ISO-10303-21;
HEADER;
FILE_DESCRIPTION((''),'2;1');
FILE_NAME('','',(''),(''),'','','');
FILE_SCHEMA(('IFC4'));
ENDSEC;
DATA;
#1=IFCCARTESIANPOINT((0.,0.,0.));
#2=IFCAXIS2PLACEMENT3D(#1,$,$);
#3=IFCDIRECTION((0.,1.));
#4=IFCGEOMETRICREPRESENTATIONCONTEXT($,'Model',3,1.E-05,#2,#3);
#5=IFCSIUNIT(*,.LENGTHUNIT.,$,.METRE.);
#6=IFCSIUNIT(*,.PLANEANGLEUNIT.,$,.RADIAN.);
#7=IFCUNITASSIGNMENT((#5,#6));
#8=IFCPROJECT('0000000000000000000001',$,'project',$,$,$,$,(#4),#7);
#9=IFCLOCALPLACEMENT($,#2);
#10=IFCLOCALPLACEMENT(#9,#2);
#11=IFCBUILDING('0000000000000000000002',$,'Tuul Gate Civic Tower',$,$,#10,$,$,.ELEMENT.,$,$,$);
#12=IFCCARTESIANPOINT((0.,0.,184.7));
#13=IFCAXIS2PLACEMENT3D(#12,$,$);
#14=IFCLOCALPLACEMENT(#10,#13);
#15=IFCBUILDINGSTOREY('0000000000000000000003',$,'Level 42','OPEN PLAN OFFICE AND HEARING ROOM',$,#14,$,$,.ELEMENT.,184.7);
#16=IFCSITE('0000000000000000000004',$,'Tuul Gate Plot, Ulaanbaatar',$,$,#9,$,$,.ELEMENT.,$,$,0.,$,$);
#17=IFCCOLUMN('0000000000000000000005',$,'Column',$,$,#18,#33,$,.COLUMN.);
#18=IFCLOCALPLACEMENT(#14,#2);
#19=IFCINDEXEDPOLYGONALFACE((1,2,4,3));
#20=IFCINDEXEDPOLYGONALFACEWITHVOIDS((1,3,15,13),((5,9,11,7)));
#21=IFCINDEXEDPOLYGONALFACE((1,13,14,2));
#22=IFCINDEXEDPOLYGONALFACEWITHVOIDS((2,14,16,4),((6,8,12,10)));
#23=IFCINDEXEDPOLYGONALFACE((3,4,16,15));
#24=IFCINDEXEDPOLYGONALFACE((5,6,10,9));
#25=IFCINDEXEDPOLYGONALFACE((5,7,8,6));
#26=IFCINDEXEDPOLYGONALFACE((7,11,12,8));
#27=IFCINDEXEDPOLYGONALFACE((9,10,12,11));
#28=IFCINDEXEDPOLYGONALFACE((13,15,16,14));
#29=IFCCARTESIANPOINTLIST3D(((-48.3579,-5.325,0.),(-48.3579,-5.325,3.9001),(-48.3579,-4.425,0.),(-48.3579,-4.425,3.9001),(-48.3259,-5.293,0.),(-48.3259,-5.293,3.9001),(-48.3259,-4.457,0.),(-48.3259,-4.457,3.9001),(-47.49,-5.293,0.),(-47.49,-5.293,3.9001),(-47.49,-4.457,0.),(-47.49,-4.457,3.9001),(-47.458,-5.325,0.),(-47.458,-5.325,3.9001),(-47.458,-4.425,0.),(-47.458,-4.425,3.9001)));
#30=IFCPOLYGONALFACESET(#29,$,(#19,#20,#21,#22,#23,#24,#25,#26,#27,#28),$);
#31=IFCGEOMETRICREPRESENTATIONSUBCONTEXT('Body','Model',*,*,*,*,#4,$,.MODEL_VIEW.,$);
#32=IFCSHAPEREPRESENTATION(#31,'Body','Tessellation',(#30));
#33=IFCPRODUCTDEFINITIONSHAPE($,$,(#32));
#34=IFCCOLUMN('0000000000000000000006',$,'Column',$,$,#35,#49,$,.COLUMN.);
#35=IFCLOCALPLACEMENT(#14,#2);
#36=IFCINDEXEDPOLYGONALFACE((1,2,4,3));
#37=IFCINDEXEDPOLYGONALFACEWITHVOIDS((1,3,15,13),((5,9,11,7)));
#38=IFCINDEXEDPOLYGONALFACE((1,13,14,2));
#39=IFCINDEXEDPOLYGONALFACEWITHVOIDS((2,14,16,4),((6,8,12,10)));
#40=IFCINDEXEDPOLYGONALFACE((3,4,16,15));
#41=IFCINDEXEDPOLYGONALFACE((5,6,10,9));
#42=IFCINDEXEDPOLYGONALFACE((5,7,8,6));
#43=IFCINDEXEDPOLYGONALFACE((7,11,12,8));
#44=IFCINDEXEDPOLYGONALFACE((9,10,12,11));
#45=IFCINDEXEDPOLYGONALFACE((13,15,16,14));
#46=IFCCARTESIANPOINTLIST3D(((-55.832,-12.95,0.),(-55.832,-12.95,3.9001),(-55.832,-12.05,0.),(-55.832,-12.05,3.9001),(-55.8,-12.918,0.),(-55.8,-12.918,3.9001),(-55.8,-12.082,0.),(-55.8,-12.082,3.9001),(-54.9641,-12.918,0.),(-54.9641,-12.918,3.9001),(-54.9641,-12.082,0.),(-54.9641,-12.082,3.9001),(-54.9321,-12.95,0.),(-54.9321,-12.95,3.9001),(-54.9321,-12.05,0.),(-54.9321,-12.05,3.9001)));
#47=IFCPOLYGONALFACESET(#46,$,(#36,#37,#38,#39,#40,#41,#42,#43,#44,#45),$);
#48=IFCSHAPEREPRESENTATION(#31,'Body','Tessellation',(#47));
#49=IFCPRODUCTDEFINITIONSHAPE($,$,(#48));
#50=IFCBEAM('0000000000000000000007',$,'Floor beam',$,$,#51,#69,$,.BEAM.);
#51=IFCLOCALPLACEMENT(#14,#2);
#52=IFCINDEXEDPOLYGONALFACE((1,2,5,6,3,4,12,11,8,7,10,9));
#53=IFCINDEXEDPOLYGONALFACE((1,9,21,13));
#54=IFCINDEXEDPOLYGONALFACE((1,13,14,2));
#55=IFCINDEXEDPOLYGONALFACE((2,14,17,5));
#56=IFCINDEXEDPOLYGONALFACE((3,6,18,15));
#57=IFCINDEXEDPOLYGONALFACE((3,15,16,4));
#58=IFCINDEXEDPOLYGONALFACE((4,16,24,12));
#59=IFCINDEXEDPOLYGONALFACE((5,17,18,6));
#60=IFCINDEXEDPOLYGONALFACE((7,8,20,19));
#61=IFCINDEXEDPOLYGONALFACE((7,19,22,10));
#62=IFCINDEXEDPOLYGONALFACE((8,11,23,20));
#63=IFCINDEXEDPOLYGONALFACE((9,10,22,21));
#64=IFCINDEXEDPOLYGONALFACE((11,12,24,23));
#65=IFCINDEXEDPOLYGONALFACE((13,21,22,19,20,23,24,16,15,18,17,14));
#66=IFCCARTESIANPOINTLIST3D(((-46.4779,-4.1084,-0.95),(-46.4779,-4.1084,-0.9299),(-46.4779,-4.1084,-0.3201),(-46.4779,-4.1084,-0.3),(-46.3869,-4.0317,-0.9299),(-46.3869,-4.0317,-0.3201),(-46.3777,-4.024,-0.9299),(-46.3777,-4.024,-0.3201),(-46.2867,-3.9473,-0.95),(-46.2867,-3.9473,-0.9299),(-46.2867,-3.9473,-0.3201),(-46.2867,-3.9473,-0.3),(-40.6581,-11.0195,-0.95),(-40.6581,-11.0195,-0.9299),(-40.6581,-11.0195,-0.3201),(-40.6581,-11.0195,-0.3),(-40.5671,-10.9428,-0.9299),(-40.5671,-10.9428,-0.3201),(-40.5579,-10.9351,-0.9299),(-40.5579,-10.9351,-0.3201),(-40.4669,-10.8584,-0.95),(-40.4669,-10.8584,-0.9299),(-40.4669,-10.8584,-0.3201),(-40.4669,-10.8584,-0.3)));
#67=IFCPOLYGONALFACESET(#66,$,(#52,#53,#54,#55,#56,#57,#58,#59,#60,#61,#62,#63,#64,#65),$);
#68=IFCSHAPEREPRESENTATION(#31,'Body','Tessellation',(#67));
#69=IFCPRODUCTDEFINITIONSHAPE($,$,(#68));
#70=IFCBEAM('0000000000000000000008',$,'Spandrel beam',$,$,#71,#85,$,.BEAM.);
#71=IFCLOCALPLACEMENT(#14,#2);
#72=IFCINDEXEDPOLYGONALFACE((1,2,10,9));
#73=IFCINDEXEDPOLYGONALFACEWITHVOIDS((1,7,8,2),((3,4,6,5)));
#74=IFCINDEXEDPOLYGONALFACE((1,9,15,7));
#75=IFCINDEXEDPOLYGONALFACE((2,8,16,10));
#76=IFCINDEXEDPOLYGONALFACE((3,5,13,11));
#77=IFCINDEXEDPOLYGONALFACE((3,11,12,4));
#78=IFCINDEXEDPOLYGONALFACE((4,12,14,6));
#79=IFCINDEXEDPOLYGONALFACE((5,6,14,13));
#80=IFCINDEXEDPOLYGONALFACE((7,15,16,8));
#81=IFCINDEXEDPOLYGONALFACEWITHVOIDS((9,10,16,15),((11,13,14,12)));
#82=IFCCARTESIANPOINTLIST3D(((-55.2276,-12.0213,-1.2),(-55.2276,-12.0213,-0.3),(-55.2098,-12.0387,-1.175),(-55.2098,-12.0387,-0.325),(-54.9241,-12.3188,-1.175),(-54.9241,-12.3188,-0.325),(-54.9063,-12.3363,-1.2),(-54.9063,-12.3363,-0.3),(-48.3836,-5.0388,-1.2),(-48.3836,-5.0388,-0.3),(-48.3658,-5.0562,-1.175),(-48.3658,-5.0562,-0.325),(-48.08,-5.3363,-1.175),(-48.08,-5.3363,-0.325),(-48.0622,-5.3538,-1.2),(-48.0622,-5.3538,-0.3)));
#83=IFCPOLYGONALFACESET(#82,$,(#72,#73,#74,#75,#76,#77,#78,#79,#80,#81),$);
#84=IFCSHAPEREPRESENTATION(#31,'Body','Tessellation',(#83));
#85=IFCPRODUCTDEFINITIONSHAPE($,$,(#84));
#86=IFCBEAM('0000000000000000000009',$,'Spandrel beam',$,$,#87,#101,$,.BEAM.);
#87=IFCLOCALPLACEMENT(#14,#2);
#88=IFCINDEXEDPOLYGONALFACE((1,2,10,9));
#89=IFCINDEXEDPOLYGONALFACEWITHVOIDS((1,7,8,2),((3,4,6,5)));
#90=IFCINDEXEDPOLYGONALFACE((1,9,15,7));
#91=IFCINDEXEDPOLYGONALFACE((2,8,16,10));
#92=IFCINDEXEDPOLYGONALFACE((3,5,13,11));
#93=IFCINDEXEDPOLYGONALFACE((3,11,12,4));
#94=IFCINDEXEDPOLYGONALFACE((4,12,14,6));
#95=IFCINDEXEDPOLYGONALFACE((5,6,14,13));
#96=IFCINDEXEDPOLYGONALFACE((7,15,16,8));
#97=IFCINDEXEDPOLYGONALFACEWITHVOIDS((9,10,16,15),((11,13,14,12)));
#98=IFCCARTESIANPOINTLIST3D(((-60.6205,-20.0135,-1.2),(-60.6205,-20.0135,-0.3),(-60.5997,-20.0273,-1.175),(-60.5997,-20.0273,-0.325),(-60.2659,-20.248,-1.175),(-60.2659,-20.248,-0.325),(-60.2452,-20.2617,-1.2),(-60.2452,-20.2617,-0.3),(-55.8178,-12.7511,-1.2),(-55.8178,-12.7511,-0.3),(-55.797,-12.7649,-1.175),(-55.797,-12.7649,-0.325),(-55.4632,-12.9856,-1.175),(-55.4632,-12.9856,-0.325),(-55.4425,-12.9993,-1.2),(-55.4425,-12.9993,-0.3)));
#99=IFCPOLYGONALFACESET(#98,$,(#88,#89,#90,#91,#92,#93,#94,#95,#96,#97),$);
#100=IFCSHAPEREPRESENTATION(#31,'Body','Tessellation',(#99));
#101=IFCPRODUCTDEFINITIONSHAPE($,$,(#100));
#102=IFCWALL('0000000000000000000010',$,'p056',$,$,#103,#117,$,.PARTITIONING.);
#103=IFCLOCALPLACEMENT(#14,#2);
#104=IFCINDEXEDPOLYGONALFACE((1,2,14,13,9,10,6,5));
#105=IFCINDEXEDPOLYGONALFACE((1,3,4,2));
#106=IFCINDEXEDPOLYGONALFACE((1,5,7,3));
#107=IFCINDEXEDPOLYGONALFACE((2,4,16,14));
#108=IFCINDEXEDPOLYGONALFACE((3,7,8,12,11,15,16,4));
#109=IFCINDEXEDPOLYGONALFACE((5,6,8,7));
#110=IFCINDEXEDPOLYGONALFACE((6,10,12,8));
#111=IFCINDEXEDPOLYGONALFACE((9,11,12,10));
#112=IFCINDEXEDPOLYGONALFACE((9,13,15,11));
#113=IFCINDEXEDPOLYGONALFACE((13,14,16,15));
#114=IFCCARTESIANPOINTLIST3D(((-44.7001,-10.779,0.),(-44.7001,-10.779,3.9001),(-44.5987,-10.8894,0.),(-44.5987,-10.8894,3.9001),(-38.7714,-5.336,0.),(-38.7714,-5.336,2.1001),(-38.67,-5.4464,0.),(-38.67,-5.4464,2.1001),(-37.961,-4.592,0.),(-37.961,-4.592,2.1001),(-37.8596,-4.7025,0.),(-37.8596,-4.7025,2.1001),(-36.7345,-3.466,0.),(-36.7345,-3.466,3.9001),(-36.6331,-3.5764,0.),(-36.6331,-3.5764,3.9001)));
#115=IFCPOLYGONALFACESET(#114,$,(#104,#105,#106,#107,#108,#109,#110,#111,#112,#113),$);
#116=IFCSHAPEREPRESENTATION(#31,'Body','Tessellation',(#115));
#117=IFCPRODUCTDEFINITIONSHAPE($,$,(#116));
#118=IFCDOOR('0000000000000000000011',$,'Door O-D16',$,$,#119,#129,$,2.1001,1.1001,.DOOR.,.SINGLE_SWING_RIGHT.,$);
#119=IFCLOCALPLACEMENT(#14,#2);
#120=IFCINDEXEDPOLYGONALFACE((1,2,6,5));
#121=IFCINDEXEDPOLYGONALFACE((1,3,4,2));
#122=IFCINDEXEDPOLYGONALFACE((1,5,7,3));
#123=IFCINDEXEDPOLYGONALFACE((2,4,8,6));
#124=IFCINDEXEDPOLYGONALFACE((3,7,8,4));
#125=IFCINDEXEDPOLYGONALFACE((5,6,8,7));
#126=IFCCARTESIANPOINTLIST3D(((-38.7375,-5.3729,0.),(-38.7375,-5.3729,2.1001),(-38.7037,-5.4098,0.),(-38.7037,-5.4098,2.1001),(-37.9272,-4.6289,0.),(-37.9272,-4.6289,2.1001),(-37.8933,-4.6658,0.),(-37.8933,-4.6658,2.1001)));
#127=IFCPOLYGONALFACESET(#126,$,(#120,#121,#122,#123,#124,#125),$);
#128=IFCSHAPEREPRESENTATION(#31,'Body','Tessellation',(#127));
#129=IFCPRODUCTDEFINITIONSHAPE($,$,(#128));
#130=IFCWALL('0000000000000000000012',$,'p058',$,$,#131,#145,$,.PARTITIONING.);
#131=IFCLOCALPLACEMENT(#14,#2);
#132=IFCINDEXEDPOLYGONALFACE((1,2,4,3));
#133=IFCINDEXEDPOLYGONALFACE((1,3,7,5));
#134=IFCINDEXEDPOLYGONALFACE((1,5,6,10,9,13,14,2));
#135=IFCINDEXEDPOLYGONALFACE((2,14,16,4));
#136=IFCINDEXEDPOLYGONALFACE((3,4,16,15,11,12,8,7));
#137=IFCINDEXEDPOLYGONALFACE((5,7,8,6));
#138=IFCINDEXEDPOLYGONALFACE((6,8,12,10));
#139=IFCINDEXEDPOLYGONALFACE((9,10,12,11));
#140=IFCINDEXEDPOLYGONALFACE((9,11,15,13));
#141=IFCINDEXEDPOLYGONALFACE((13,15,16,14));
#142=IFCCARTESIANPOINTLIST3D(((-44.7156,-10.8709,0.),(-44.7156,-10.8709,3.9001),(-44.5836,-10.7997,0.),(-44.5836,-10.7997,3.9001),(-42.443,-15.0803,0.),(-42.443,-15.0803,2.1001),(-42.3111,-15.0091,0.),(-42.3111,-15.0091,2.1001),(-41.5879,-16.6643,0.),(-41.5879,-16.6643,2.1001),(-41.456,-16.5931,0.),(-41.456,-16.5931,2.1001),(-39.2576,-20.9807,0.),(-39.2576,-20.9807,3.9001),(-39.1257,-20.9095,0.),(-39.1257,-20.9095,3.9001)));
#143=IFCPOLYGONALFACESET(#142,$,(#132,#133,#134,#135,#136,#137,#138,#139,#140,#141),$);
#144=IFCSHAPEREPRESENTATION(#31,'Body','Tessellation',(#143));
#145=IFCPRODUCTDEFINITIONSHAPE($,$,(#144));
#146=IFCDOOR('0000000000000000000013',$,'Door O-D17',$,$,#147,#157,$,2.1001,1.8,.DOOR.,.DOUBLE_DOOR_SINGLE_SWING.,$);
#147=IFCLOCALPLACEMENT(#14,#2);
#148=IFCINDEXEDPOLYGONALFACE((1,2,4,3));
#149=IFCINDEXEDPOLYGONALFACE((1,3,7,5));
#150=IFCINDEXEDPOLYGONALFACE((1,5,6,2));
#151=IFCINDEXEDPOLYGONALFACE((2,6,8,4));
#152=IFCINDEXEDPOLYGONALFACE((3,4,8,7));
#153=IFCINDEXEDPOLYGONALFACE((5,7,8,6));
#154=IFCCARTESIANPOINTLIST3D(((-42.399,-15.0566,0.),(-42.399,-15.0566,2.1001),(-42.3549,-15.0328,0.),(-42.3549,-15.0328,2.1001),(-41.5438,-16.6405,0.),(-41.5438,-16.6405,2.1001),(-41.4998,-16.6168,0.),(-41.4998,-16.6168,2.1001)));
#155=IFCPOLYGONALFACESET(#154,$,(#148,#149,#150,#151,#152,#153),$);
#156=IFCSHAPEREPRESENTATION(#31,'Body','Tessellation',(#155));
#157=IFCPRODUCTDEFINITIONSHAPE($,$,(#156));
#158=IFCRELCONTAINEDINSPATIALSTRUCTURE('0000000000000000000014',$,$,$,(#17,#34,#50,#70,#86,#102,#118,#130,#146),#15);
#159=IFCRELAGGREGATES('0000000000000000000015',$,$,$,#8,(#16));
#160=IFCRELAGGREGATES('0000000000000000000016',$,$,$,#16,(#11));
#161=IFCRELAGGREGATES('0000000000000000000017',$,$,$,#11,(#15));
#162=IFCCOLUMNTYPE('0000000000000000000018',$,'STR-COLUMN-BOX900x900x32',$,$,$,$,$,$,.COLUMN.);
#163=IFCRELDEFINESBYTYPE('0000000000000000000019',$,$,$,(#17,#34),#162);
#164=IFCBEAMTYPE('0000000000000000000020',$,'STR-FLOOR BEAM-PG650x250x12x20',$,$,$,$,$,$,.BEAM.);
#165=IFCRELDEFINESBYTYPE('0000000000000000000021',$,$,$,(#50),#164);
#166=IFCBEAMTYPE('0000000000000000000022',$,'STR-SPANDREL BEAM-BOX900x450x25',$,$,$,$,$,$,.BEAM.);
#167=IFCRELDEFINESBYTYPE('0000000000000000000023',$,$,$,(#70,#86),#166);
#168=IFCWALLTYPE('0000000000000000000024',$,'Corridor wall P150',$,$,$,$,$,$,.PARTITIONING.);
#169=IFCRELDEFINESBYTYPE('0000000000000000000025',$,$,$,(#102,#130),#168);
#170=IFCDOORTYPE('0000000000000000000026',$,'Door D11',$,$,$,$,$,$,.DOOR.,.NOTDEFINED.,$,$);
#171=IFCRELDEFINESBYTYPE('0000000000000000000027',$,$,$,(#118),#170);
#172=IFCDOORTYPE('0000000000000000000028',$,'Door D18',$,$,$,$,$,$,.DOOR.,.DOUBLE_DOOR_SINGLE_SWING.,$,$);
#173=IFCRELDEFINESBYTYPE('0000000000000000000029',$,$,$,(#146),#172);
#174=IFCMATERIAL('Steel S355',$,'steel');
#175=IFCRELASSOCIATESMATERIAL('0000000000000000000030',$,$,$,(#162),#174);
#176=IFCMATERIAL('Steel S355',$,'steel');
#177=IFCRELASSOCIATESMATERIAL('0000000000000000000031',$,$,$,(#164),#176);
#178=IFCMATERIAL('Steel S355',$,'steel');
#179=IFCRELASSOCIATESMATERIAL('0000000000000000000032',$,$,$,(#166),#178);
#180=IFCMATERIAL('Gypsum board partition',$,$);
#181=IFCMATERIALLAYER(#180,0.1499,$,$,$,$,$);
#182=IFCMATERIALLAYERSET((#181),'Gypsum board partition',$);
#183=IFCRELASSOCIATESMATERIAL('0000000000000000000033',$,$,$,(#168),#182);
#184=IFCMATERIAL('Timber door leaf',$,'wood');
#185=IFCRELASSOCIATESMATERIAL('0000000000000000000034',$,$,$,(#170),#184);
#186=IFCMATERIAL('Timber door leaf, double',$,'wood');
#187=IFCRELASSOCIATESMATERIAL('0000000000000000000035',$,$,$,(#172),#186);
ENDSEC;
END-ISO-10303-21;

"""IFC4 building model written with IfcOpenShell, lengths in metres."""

from ifc_helpers import new_model, si_unit, direction, frame, frame_2d, origin, origin_2d, place, context, subcontext, project, spatial, rectangle, hollow_rectangle, i_section, extrude, material, layer, layer_set, material_profile, profile_set, type_object, element, fill, save


model = new_model("IFC4")

# Units and contexts
model_context = context("Model", 3, precision=1e-05, world=origin(), true_north=direction((0.0, 1.0)))
body_context = subcontext(model_context, "Body", "Model", "MODEL_VIEW")
ifc_project = project(units=[si_unit("LENGTHUNIT", "METRE"), si_unit("PLANEANGLEUNIT", "RADIAN")], contexts=[model_context])

# Site, building, storey
site_placement = place(None, origin())
site = spatial("IfcSite", under=ifc_project, at=site_placement, Name="Tuul Gate Plot, Ulaanbaatar", CompositionType="ELEMENT", RefElevation=0.0)
building_placement = place(site_placement, origin())
building = spatial("IfcBuilding", under=site, at=building_placement, Name="Tuul Gate Civic Tower", CompositionType="ELEMENT")
storey_placement = place(building_placement, frame((0.0, 0.0, 184.7)))
storey = spatial("IfcBuildingStorey", under=building, at=storey_placement, Name="Level 42", Description="OPEN PLAN OFFICE AND HEARING ROOM", CompositionType="ELEMENT", Elevation=184.7)

# Columns
ifc_material_1 = material(Name="Steel S355", Category="steel")
ifc_material_profile_1 = material_profile(ifc_material_1, hollow_rectangle(XDim=0.8999, YDim=0.8999, WallThickness=0.032, at=origin_2d()), Name="BOX900x900x32")
ifc_profile_set_1 = profile_set([ifc_material_profile_1], Name="Steel S355")
column_type = type_object("IfcColumnType", Name="STR-COLUMN-BOX900x900x32", PredefinedType="COLUMN", material=ifc_profile_set_1)
for number, where, z_axis, x_axis, name in (
    (1, (-47.908, -4.875, 0.0), (0.0, 0.0, 1.0), (1.0, 0.0, 0.0), "Column"),
    (2, (-55.3821, -12.5, 0.0), (0.0, 0.0, 1.0), (1.0, 0.0, 0.0), "Column"),
):
    element("IfcColumn", number, at=place(storey_placement, frame(where, z_axis=z_axis, x_axis=x_axis)), inside=storey, type_object=column_type, Name=name, PredefinedType="COLUMN", context=body_context, shape_type="SweptSolid", body=[
        extrude(hollow_rectangle(XDim=0.8999, YDim=0.8999, WallThickness=0.032, at=origin_2d()), origin(), (0.0, 0.0, 1.0), 3.9001),
    ])

# Beams
ifc_material_2 = material(Name="Steel S355", Category="steel")
ifc_material_profile_2 = material_profile(ifc_material_2, i_section(OverallWidth=0.25, OverallDepth=0.6499, WebThickness=0.012, FlangeThickness=0.02, at=origin_2d()), Name="PG650x250x12x20")
ifc_profile_set_2 = profile_set([ifc_material_profile_2], Name="Steel S355")
beam_type_1 = type_object("IfcBeamType", Name="STR-FLOOR BEAM-PG650x250x12x20", PredefinedType="BEAM", material=ifc_profile_set_2)
beam_1_placement = place(storey_placement, frame((-40.5625, -10.939, -0.625), z_axis=(-0.644131, 0.764915, 0.0), x_axis=(-0.764915, -0.644131, 0.0)))
element("IfcBeam", 3, at=beam_1_placement, inside=storey, type_object=beam_type_1, Name="Floor beam", PredefinedType="BEAM", context=body_context, shape_type="SweptSolid", body=[
    extrude(i_section(OverallWidth=0.25, OverallDepth=0.6499, WebThickness=0.012, FlangeThickness=0.02, at=origin_2d()), origin(), (0.0, 0.0, 1.0), 9.0352),
])
ifc_material_3 = material(Name="Steel S355", Category="steel")
ifc_material_profile_3 = material_profile(ifc_material_3, hollow_rectangle(XDim=0.45, YDim=0.8999, WallThickness=0.0249, at=origin_2d()), Name="BOX900x450x25")
ifc_profile_set_3 = profile_set([ifc_material_profile_3], Name="Steel S355")
beam_type_2 = type_object("IfcBeamType", Name="STR-SPANDREL BEAM-BOX900x450x25", PredefinedType="BEAM", material=ifc_profile_set_3)
beam_2_placement = place(storey_placement, frame((-48.2229, -5.1963, -0.75), z_axis=(-0.699992, -0.71415, 0.0), x_axis=(0.71415, -0.699992, 0.0)))
element("IfcBeam", 4, at=beam_2_placement, inside=storey, type_object=beam_type_2, Name="Spandrel beam", PredefinedType="BEAM", context=body_context, shape_type="SweptSolid", body=[
    extrude(hollow_rectangle(XDim=0.45, YDim=0.8999, WallThickness=0.0249, at=origin_2d()), origin(), (0.0, 0.0, 1.0), 9.7773),
])
beam_3_placement = place(storey_placement, frame((-55.6301, -12.8752, -0.75), z_axis=(-0.551603, -0.834107, 0.0), x_axis=(0.834107, -0.551603, 0.0)))
element("IfcBeam", 5, at=beam_3_placement, inside=storey, type_object=beam_type_2, Name="Spandrel beam", PredefinedType="BEAM", context=body_context, shape_type="SweptSolid", body=[
    extrude(hollow_rectangle(XDim=0.45, YDim=0.8999, WallThickness=0.0249, at=origin_2d()), origin(), (0.0, 0.0, 1.0), 8.7068),
])

# Walls, openings, doors
ifc_material_4 = material(Name="Gypsum board partition")
ifc_layer_1 = layer(ifc_material_4, 0.1499)
ifc_layer_set_1 = layer_set([ifc_layer_1], Name="Gypsum board partition")
wall_type_1 = type_object("IfcWallType", Name="Corridor wall P150", PredefinedType="PARTITIONING", material=ifc_layer_set_1)
wall_1_placement = place(storey_placement, frame((-44.6494, -10.8342, 0.0), z_axis=(0.0, 0.0, 1.0), x_axis=(0.736638, 0.676288, 0.0)))
wall_1 = element("IfcWall", 6, at=wall_1_placement, inside=storey, type_object=wall_type_1, Name="p056", PredefinedType="PARTITIONING", context=body_context, shape_type="SweptSolid", body=[
    extrude(rectangle(XDim=10.8135, YDim=0.1499, at=frame_2d((5.4067, 0.0))), origin(), (0.0, 0.0, 1.0), 3.9001),
])
opening_1_placement = place(wall_1_placement, frame((8.0483, 0.0, 0.0)))
opening_1 = element("IfcOpeningElement", 7, at=opening_1_placement, cuts=wall_1, PredefinedType="OPENING", context=body_context, shape_type="SweptSolid", body=[
    extrude(rectangle(XDim=1.1001, YDim=2.1001, at=frame_2d((0.55, 1.05))), frame((0.0, 0.085, 0.0), z_axis=(0.0, -1.0, 0.0), x_axis=(1.0, 0.0, 0.0)), (0.0, 0.0, 1.0), 0.1699),
])
ifc_material_5 = material(Name="Timber door leaf", Category="wood")
door_type_1 = type_object("IfcDoorType", Name="Door D11", OperationType="NOTDEFINED", PredefinedType="DOOR", material=ifc_material_5)
door_1_placement = place(opening_1_placement, origin())
door_1 = element("IfcDoor", 8, at=door_1_placement, inside=storey, type_object=door_type_1, Name="Door O-D16", OperationType="SINGLE_SWING_RIGHT", OverallHeight=2.1001, OverallWidth=1.1001, PredefinedType="DOOR", context=body_context, shape_type="SweptSolid", body=[
    extrude(rectangle(XDim=1.1001, YDim=2.1001, at=frame_2d((0.55, 1.05))), frame((0.0, 0.0249, 0.0), z_axis=(0.0, -1.0, 0.0), x_axis=(1.0, 0.0, 0.0)), (0.0, 0.0, 1.0), 0.05),
])
fill(opening_1, door_1)
wall_2_placement = place(storey_placement, frame((-44.6497, -10.8352, 0.0), z_axis=(0.0, 0.0, 1.0), x_axis=(0.47506, -0.879953, 0.0)))
wall_2 = element("IfcWall", 9, at=wall_2_placement, inside=storey, type_object=wall_type_1, Name="p058", PredefinedType="PARTITIONING", context=body_context, shape_type="SweptSolid", body=[
    extrude(rectangle(XDim=11.489, YDim=0.1499, at=frame_2d((5.7446, 0.0))), origin(), (0.0, 0.0, 1.0), 3.9001),
])
opening_2_placement = place(wall_2_placement, frame((4.7839, 0.0, 0.0)))
opening_2 = element("IfcOpeningElement", 10, at=opening_2_placement, cuts=wall_2, PredefinedType="OPENING", context=body_context, shape_type="SweptSolid", body=[
    extrude(rectangle(XDim=1.8, YDim=2.1001, at=frame_2d((0.8999, 1.05))), frame((0.0, 0.085, 0.0), z_axis=(0.0, -1.0, 0.0), x_axis=(1.0, 0.0, 0.0)), (0.0, 0.0, 1.0), 0.1699),
])
ifc_material_6 = material(Name="Timber door leaf, double", Category="wood")
door_type_2 = type_object("IfcDoorType", Name="Door D18", OperationType="DOUBLE_DOOR_SINGLE_SWING", PredefinedType="DOOR", material=ifc_material_6)
door_2_placement = place(opening_2_placement, frame((1.8, 0.0, 0.0), z_axis=(0.0, 0.0, 1.0), x_axis=(-1.0, 0.0, 0.0)))
door_2 = element("IfcDoor", 11, at=door_2_placement, inside=storey, type_object=door_type_2, Name="Door O-D17", OperationType="DOUBLE_DOOR_SINGLE_SWING", OverallHeight=2.1001, OverallWidth=1.8, PredefinedType="DOOR", context=body_context, shape_type="SweptSolid", body=[
    extrude(rectangle(XDim=1.8, YDim=2.1001, at=frame_2d((0.9001, 1.05))), frame((0.0, 0.0249, 0.0), z_axis=(0.0, -1.0, 0.0), x_axis=(1.0, 0.0, 0.0)), (0.0, 0.0, 1.0), 0.05),
])
fill(opening_2, door_2)

save(model, "model.ifc")
